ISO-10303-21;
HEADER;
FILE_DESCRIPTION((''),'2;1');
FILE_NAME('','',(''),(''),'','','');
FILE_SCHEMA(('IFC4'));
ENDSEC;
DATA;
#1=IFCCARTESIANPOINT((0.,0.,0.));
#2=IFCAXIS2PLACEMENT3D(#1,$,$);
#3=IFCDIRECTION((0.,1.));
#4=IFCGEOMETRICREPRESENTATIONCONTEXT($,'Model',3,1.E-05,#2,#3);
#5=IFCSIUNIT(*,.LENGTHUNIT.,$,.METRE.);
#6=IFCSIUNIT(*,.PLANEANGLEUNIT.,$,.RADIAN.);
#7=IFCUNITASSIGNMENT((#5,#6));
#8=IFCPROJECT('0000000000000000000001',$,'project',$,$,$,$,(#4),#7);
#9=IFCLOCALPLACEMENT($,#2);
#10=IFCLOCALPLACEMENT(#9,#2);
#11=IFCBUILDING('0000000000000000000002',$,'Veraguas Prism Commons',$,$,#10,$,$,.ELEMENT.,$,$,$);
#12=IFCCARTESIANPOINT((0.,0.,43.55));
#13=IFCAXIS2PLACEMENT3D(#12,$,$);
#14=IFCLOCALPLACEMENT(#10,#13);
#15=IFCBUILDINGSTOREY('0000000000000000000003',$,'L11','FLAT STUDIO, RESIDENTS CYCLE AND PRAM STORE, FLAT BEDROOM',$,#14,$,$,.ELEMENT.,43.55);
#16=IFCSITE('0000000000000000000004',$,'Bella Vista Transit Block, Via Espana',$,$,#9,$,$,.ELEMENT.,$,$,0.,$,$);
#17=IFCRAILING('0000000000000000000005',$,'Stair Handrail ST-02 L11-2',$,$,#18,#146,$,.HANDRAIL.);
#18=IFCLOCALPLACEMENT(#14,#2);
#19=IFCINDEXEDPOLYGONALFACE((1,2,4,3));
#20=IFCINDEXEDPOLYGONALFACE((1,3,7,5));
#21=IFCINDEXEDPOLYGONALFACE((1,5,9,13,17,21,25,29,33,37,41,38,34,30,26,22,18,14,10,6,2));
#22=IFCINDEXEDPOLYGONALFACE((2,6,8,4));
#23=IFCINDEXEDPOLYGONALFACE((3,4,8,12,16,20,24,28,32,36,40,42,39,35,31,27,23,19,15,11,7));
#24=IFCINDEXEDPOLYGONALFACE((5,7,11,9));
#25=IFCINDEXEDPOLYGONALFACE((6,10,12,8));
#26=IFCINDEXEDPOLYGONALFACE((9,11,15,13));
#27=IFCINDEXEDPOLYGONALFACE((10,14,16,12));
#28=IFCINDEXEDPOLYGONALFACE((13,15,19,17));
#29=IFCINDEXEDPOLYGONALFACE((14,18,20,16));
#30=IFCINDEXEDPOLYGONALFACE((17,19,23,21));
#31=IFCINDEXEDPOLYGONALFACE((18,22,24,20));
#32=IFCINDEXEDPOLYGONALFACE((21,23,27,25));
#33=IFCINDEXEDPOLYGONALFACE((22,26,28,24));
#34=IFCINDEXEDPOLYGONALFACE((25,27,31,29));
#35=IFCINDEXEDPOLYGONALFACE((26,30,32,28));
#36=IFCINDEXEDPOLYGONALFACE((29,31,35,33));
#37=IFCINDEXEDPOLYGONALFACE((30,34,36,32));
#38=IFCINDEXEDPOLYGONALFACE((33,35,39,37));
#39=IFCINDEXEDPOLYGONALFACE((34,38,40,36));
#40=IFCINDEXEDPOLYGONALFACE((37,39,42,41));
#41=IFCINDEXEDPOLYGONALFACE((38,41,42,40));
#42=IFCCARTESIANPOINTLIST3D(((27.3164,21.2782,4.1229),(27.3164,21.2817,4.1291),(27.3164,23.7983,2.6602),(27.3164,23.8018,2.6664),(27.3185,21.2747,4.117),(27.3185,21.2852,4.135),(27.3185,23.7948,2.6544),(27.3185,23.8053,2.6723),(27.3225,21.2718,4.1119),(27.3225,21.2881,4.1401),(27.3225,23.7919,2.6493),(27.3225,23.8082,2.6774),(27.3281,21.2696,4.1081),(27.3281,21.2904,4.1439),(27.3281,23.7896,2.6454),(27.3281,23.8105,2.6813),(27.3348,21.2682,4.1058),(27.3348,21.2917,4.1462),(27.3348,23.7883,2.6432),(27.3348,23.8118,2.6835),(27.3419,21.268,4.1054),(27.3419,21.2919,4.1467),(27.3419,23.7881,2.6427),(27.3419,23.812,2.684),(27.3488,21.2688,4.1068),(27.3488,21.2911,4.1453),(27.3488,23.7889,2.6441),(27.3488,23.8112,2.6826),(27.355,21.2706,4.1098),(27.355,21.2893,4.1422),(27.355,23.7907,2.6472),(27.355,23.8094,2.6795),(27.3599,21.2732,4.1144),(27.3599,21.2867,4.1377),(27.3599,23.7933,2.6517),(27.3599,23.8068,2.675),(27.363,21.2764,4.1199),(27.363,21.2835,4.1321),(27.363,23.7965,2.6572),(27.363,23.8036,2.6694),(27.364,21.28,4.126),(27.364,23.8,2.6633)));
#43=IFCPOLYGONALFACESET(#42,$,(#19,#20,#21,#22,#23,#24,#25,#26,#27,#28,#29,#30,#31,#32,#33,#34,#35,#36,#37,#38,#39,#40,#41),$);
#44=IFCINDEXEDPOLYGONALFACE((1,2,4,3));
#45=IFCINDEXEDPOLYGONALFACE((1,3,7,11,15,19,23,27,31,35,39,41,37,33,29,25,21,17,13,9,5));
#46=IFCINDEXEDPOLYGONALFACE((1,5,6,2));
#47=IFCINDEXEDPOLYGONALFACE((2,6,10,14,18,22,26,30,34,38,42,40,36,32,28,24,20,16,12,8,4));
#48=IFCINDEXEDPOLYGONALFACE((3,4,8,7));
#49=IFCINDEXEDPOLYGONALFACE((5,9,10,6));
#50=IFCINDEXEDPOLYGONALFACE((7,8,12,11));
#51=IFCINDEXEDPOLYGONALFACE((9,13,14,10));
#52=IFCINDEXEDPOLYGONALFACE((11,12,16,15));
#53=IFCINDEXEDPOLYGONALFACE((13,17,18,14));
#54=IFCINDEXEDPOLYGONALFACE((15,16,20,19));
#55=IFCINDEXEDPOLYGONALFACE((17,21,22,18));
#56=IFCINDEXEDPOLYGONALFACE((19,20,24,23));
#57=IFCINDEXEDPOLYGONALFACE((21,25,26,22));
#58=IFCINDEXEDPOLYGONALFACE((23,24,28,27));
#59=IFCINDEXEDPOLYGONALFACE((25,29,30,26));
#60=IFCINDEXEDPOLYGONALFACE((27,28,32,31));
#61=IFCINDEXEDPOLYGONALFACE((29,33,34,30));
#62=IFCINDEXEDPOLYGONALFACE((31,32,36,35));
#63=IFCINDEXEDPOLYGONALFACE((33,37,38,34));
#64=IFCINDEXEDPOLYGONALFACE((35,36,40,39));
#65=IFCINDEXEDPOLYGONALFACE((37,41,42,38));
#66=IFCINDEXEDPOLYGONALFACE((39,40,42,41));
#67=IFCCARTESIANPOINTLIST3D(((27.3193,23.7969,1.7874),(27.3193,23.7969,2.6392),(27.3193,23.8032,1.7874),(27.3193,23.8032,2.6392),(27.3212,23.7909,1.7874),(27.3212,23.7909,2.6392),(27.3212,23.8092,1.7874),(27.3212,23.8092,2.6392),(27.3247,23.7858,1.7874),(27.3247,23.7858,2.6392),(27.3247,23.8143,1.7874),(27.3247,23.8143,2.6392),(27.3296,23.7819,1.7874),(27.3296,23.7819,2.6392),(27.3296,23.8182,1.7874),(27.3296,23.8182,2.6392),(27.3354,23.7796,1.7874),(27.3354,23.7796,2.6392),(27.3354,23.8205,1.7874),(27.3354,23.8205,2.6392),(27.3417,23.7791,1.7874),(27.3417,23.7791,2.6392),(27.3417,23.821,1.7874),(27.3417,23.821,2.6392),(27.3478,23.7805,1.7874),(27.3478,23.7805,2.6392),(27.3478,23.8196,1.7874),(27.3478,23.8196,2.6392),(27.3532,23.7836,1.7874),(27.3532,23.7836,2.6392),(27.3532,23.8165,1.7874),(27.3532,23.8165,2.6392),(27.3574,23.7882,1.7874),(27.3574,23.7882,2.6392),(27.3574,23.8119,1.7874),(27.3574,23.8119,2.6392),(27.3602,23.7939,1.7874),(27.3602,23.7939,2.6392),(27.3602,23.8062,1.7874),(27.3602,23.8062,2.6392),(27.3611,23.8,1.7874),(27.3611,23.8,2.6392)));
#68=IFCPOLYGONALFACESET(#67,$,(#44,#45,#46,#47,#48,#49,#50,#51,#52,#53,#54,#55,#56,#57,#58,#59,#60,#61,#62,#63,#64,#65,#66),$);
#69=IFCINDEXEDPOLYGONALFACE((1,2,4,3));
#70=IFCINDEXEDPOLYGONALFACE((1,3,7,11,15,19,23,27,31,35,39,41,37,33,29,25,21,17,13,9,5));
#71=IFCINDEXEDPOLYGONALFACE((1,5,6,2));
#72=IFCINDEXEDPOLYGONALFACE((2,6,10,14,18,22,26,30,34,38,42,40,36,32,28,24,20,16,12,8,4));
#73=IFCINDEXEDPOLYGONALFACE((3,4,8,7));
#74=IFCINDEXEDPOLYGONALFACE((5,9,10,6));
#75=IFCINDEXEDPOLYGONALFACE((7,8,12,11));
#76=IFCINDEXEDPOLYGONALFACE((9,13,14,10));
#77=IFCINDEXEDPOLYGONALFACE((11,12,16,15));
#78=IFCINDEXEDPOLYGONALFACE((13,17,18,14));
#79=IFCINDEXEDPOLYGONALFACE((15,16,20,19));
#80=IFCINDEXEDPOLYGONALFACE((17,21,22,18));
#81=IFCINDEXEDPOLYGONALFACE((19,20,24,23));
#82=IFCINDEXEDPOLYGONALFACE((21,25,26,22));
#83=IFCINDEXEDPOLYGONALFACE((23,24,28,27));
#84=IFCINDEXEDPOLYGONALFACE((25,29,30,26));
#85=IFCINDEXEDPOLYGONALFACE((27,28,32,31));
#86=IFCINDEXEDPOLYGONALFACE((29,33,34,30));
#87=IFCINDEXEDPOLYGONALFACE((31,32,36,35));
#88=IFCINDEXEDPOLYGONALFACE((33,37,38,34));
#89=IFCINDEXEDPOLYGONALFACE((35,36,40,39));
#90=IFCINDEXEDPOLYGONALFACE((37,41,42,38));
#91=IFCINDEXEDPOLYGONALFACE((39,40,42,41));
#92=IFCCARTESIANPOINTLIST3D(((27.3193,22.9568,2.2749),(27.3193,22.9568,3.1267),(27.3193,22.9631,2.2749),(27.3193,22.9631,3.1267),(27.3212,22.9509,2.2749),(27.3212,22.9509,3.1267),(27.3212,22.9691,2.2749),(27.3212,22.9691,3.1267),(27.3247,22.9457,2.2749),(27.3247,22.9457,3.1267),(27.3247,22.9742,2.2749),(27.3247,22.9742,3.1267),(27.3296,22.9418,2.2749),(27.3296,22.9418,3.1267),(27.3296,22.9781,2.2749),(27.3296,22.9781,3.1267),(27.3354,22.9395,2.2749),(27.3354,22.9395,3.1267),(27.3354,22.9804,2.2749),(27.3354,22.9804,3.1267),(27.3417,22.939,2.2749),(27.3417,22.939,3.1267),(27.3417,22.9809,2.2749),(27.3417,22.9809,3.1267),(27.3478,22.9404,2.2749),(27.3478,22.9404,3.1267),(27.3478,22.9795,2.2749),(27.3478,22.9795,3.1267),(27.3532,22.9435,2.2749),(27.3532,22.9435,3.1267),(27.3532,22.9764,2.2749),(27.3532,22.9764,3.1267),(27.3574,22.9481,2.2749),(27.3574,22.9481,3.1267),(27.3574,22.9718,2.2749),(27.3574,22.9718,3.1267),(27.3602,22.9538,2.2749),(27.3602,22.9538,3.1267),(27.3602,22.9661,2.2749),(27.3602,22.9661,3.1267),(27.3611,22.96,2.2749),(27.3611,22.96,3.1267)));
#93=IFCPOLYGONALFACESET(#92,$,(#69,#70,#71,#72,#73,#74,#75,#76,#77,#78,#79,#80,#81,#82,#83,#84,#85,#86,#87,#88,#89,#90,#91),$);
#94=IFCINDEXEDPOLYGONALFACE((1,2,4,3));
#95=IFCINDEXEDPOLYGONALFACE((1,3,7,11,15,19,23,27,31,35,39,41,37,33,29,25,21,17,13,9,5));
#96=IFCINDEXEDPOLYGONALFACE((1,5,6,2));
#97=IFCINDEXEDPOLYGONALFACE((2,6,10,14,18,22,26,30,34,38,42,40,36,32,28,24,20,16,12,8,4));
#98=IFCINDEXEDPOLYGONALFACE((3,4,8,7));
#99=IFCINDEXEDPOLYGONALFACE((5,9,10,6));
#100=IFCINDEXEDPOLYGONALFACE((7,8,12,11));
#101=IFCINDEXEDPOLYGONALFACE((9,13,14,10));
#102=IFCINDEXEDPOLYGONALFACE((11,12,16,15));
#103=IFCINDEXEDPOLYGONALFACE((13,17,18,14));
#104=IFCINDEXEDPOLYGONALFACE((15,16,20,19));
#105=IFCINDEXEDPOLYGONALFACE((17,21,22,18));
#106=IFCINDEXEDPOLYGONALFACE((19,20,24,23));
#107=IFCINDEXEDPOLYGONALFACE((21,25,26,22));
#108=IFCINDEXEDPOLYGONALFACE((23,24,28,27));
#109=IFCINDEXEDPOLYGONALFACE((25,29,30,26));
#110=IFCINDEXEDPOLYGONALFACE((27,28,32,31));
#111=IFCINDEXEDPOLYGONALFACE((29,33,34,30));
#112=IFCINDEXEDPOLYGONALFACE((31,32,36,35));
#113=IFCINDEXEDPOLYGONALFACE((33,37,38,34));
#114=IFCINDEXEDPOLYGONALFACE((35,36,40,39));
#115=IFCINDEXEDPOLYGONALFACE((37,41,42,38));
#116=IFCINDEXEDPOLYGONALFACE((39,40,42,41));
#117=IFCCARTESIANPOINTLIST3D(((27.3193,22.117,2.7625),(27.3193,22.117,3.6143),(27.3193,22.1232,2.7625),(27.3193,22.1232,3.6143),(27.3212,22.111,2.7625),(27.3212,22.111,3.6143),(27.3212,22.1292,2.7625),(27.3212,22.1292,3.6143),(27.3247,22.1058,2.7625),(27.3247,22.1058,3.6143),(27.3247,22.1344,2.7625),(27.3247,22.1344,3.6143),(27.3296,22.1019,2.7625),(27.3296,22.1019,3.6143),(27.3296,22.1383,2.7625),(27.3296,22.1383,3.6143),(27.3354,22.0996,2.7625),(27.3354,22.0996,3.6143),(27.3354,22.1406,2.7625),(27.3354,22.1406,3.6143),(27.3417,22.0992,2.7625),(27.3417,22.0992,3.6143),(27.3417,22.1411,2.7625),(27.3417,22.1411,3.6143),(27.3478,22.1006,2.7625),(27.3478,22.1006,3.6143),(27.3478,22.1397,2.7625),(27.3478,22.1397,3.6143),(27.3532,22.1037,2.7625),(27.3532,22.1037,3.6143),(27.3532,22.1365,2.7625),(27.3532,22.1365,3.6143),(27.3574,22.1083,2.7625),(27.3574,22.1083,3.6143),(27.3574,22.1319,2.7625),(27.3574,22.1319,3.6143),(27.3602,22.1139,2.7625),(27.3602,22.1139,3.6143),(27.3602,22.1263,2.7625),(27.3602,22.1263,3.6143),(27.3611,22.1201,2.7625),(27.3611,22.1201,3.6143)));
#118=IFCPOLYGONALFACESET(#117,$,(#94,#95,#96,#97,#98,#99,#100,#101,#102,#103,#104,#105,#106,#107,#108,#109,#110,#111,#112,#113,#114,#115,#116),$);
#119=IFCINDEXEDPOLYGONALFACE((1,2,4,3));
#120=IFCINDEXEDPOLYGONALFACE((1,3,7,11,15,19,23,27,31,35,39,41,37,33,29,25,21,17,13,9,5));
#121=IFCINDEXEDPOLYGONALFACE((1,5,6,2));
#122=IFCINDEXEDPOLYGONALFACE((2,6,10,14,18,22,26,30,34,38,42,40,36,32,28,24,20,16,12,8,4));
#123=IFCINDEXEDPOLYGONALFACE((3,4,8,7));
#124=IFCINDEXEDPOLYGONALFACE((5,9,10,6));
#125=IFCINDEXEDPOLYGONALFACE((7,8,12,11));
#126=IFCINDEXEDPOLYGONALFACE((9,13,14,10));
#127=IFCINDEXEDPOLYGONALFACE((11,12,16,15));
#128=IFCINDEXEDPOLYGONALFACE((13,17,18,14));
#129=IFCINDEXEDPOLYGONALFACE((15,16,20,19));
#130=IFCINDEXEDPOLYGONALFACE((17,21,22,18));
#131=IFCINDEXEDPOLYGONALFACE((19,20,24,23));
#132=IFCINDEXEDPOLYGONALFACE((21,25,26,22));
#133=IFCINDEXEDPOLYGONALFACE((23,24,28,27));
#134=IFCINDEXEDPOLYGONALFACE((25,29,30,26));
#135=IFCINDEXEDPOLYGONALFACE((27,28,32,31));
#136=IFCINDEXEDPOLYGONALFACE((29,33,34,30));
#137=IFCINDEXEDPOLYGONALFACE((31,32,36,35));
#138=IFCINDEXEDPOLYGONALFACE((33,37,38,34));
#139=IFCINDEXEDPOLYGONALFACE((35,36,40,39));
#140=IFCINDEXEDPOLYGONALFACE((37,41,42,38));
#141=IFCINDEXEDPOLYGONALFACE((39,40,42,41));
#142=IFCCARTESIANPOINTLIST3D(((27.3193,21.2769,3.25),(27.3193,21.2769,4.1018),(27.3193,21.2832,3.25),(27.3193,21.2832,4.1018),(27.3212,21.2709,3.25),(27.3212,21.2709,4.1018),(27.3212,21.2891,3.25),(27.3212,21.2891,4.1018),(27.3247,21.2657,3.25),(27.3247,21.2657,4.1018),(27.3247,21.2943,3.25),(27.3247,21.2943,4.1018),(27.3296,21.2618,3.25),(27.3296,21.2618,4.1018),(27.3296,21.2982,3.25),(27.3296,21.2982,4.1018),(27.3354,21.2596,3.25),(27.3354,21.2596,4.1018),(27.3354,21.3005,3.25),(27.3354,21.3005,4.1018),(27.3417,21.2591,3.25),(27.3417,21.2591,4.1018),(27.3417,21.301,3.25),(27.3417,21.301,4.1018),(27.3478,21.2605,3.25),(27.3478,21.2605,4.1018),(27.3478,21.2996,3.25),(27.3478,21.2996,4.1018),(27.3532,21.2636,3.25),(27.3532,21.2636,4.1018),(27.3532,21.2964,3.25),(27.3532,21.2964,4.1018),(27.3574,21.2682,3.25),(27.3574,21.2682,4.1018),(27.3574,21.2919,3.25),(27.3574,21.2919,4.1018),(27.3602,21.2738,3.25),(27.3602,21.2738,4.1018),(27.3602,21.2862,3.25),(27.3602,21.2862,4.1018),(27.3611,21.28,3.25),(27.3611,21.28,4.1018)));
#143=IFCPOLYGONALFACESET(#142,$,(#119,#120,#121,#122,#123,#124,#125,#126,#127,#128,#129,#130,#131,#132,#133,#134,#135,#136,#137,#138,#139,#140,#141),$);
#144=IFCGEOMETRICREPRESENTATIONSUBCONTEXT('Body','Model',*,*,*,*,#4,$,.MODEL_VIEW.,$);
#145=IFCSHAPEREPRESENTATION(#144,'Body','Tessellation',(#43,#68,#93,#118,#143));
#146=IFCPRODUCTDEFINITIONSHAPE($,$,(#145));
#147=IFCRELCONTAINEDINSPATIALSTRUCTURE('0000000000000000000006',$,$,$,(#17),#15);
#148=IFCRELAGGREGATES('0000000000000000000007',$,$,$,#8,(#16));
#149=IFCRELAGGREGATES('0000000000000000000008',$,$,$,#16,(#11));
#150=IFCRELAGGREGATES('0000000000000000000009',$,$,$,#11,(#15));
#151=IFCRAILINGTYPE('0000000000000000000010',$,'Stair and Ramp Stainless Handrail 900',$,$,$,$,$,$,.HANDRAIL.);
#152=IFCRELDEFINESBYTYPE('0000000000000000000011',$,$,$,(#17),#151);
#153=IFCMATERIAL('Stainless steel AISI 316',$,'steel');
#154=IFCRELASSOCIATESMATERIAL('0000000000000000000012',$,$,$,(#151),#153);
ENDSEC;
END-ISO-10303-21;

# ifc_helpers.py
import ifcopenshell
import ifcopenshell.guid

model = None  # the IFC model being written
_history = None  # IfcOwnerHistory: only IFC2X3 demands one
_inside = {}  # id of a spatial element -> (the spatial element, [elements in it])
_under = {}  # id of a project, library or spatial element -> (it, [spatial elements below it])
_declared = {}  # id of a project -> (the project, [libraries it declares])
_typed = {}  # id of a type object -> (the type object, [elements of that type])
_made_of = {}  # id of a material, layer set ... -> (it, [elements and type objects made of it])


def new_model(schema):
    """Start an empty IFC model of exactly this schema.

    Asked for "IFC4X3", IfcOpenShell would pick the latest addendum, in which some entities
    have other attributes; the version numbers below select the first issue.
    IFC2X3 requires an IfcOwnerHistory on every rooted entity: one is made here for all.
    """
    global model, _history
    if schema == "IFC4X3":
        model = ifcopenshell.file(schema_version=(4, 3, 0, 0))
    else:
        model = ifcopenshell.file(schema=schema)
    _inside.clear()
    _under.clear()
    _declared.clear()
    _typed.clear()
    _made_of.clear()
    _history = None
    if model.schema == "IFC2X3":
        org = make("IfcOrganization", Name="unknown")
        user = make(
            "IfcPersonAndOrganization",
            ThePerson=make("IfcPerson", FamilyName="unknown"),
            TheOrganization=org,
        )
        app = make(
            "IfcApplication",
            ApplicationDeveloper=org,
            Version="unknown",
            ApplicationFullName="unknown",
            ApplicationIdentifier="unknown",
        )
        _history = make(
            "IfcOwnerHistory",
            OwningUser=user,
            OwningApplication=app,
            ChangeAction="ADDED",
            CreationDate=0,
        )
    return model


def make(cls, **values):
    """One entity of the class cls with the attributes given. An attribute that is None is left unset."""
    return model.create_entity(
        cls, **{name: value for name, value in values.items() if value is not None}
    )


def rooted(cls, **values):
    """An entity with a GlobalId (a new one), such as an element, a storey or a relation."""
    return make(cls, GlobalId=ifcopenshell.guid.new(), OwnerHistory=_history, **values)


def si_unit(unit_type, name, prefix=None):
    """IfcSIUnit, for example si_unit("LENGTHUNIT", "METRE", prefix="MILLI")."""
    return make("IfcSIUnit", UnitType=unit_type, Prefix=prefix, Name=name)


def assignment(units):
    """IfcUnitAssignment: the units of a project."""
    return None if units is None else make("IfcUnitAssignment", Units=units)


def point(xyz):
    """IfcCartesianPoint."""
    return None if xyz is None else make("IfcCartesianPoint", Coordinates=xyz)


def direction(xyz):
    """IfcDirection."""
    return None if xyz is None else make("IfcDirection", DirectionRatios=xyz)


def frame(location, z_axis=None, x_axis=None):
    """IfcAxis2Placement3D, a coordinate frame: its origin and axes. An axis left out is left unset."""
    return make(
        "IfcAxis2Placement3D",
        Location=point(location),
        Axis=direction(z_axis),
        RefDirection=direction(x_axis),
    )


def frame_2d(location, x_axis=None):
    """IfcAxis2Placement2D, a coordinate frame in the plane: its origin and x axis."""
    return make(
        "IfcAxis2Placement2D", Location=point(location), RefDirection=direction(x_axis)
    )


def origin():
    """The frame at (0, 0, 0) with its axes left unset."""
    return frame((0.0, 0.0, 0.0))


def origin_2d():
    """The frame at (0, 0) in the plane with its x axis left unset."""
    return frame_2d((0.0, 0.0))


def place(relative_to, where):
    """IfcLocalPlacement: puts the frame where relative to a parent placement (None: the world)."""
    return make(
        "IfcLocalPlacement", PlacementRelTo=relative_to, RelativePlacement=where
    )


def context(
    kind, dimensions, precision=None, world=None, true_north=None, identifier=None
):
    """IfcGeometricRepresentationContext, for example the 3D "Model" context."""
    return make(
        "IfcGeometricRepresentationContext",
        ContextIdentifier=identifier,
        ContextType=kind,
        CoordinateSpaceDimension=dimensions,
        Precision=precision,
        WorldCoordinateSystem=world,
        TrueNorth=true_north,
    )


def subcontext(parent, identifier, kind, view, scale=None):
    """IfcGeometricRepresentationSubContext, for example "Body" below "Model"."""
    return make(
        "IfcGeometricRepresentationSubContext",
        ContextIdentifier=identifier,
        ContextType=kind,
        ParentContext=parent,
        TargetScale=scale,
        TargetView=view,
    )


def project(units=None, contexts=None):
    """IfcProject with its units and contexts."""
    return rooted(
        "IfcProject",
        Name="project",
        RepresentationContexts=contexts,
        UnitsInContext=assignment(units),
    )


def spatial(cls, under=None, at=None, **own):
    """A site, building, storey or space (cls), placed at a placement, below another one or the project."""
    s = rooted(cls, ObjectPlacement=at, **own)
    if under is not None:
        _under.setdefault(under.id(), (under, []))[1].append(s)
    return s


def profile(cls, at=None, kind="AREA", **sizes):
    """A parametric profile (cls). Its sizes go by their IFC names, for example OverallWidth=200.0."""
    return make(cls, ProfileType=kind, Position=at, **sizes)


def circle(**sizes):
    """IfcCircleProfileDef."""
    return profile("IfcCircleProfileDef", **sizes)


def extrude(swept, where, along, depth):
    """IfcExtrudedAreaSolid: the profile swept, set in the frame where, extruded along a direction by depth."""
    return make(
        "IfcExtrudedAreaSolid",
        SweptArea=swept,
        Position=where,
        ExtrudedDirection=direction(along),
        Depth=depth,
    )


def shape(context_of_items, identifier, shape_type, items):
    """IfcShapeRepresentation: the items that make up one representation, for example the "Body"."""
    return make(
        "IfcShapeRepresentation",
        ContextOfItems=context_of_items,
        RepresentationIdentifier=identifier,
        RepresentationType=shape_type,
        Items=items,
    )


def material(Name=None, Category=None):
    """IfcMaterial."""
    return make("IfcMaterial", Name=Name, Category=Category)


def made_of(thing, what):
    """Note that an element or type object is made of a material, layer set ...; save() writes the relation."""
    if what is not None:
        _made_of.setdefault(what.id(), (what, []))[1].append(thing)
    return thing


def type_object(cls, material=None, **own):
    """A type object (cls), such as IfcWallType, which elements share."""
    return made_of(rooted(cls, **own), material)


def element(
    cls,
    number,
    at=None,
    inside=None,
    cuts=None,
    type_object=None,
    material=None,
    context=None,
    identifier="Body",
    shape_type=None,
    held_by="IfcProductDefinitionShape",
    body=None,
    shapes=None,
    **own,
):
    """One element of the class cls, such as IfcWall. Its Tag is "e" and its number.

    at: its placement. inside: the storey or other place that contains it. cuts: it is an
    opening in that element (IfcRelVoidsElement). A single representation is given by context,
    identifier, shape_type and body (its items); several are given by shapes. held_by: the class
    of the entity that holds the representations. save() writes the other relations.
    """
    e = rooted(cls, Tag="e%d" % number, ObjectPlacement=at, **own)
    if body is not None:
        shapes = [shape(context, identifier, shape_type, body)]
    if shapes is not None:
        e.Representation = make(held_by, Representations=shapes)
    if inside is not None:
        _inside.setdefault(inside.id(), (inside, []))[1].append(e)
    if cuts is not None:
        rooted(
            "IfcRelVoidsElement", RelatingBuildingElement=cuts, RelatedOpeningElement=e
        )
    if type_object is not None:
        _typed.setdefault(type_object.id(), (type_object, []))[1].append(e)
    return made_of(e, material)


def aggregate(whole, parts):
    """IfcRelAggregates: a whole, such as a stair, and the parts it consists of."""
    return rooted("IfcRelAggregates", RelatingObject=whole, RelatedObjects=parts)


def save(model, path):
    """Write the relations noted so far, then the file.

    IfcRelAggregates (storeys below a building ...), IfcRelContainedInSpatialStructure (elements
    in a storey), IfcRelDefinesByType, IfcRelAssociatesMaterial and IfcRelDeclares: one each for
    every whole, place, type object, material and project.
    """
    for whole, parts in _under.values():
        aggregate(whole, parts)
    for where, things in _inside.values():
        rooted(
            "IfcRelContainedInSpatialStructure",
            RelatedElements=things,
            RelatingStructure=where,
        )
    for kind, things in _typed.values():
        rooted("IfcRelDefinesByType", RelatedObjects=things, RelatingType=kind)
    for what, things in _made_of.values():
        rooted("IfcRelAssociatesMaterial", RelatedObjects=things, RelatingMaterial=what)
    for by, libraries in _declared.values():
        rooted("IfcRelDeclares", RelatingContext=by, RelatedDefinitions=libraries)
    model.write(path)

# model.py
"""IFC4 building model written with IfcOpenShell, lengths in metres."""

from ifc_helpers import new_model, si_unit, direction, frame, origin, origin_2d, place, context, subcontext, project, spatial, circle, extrude, material, type_object, element, save


model = new_model("IFC4")

# Units and contexts
model_context = context("Model", 3, precision=1e-05, world=origin(), true_north=direction((0.0, 1.0)))
body_context = subcontext(model_context, "Body", "Model", "MODEL_VIEW")
ifc_project = project(units=[si_unit("LENGTHUNIT", "METRE"), si_unit("PLANEANGLEUNIT", "RADIAN")], contexts=[model_context])

# Site, building, storey
site_placement = place(None, origin())
site = spatial("IfcSite", under=ifc_project, at=site_placement, Name="Bella Vista Transit Block, Via Espana", CompositionType="ELEMENT", RefElevation=0.0)
building_placement = place(site_placement, origin())
building = spatial("IfcBuilding", under=site, at=building_placement, Name="Veraguas Prism Commons", CompositionType="ELEMENT")
storey_placement = place(building_placement, frame((0.0, 0.0, 43.55)))
storey = spatial("IfcBuildingStorey", under=building, at=storey_placement, Name="L11", Description="FLAT STUDIO, RESIDENTS CYCLE AND PRAM STORE, FLAT BEDROOM", CompositionType="ELEMENT", Elevation=43.55)

# Shared definitions
ifc_material_1 = material(Name="Stainless steel AISI 316", Category="steel")

# Railing
railing_type_1 = type_object("IfcRailingType", Name="Stair and Ramp Stainless Handrail 900", PredefinedType="HANDRAIL", material=ifc_material_1)
railing_1_placement = place(storey_placement, frame((27.3401, 23.8, 1.7874)))
element("IfcRailing", 1, at=railing_1_placement, inside=storey, type_object=railing_type_1, Name="Stair Handrail ST-02 L11-2", PredefinedType="HANDRAIL", context=body_context, shape_type="SweptSolid", body=[
    extrude(circle(Radius=0.0239, at=origin_2d()), frame((0.0, 0.0, 0.876), z_axis=(0.0, -0.864877, 0.501984), x_axis=(1.0, 0.0, 0.0)), (0.0, 0.0, 1.0), 2.9138),
    extrude(circle(Radius=0.021, at=origin_2d()), origin(), (0.0, 0.0, 1.0), 0.8518),
    extrude(circle(Radius=0.021, at=origin_2d()), frame((0.0, -0.8401, 0.4875)), (0.0, 0.0, 1.0), 0.8518),
    extrude(circle(Radius=0.021, at=origin_2d()), frame((0.0, -1.6799, 0.9751)), (0.0, 0.0, 1.0), 0.8518),
    extrude(circle(Radius=0.021, at=origin_2d()), frame((0.0, -2.52, 1.4626)), (0.0, 0.0, 1.0), 0.8518),
])

save(model, "model.ifc")
